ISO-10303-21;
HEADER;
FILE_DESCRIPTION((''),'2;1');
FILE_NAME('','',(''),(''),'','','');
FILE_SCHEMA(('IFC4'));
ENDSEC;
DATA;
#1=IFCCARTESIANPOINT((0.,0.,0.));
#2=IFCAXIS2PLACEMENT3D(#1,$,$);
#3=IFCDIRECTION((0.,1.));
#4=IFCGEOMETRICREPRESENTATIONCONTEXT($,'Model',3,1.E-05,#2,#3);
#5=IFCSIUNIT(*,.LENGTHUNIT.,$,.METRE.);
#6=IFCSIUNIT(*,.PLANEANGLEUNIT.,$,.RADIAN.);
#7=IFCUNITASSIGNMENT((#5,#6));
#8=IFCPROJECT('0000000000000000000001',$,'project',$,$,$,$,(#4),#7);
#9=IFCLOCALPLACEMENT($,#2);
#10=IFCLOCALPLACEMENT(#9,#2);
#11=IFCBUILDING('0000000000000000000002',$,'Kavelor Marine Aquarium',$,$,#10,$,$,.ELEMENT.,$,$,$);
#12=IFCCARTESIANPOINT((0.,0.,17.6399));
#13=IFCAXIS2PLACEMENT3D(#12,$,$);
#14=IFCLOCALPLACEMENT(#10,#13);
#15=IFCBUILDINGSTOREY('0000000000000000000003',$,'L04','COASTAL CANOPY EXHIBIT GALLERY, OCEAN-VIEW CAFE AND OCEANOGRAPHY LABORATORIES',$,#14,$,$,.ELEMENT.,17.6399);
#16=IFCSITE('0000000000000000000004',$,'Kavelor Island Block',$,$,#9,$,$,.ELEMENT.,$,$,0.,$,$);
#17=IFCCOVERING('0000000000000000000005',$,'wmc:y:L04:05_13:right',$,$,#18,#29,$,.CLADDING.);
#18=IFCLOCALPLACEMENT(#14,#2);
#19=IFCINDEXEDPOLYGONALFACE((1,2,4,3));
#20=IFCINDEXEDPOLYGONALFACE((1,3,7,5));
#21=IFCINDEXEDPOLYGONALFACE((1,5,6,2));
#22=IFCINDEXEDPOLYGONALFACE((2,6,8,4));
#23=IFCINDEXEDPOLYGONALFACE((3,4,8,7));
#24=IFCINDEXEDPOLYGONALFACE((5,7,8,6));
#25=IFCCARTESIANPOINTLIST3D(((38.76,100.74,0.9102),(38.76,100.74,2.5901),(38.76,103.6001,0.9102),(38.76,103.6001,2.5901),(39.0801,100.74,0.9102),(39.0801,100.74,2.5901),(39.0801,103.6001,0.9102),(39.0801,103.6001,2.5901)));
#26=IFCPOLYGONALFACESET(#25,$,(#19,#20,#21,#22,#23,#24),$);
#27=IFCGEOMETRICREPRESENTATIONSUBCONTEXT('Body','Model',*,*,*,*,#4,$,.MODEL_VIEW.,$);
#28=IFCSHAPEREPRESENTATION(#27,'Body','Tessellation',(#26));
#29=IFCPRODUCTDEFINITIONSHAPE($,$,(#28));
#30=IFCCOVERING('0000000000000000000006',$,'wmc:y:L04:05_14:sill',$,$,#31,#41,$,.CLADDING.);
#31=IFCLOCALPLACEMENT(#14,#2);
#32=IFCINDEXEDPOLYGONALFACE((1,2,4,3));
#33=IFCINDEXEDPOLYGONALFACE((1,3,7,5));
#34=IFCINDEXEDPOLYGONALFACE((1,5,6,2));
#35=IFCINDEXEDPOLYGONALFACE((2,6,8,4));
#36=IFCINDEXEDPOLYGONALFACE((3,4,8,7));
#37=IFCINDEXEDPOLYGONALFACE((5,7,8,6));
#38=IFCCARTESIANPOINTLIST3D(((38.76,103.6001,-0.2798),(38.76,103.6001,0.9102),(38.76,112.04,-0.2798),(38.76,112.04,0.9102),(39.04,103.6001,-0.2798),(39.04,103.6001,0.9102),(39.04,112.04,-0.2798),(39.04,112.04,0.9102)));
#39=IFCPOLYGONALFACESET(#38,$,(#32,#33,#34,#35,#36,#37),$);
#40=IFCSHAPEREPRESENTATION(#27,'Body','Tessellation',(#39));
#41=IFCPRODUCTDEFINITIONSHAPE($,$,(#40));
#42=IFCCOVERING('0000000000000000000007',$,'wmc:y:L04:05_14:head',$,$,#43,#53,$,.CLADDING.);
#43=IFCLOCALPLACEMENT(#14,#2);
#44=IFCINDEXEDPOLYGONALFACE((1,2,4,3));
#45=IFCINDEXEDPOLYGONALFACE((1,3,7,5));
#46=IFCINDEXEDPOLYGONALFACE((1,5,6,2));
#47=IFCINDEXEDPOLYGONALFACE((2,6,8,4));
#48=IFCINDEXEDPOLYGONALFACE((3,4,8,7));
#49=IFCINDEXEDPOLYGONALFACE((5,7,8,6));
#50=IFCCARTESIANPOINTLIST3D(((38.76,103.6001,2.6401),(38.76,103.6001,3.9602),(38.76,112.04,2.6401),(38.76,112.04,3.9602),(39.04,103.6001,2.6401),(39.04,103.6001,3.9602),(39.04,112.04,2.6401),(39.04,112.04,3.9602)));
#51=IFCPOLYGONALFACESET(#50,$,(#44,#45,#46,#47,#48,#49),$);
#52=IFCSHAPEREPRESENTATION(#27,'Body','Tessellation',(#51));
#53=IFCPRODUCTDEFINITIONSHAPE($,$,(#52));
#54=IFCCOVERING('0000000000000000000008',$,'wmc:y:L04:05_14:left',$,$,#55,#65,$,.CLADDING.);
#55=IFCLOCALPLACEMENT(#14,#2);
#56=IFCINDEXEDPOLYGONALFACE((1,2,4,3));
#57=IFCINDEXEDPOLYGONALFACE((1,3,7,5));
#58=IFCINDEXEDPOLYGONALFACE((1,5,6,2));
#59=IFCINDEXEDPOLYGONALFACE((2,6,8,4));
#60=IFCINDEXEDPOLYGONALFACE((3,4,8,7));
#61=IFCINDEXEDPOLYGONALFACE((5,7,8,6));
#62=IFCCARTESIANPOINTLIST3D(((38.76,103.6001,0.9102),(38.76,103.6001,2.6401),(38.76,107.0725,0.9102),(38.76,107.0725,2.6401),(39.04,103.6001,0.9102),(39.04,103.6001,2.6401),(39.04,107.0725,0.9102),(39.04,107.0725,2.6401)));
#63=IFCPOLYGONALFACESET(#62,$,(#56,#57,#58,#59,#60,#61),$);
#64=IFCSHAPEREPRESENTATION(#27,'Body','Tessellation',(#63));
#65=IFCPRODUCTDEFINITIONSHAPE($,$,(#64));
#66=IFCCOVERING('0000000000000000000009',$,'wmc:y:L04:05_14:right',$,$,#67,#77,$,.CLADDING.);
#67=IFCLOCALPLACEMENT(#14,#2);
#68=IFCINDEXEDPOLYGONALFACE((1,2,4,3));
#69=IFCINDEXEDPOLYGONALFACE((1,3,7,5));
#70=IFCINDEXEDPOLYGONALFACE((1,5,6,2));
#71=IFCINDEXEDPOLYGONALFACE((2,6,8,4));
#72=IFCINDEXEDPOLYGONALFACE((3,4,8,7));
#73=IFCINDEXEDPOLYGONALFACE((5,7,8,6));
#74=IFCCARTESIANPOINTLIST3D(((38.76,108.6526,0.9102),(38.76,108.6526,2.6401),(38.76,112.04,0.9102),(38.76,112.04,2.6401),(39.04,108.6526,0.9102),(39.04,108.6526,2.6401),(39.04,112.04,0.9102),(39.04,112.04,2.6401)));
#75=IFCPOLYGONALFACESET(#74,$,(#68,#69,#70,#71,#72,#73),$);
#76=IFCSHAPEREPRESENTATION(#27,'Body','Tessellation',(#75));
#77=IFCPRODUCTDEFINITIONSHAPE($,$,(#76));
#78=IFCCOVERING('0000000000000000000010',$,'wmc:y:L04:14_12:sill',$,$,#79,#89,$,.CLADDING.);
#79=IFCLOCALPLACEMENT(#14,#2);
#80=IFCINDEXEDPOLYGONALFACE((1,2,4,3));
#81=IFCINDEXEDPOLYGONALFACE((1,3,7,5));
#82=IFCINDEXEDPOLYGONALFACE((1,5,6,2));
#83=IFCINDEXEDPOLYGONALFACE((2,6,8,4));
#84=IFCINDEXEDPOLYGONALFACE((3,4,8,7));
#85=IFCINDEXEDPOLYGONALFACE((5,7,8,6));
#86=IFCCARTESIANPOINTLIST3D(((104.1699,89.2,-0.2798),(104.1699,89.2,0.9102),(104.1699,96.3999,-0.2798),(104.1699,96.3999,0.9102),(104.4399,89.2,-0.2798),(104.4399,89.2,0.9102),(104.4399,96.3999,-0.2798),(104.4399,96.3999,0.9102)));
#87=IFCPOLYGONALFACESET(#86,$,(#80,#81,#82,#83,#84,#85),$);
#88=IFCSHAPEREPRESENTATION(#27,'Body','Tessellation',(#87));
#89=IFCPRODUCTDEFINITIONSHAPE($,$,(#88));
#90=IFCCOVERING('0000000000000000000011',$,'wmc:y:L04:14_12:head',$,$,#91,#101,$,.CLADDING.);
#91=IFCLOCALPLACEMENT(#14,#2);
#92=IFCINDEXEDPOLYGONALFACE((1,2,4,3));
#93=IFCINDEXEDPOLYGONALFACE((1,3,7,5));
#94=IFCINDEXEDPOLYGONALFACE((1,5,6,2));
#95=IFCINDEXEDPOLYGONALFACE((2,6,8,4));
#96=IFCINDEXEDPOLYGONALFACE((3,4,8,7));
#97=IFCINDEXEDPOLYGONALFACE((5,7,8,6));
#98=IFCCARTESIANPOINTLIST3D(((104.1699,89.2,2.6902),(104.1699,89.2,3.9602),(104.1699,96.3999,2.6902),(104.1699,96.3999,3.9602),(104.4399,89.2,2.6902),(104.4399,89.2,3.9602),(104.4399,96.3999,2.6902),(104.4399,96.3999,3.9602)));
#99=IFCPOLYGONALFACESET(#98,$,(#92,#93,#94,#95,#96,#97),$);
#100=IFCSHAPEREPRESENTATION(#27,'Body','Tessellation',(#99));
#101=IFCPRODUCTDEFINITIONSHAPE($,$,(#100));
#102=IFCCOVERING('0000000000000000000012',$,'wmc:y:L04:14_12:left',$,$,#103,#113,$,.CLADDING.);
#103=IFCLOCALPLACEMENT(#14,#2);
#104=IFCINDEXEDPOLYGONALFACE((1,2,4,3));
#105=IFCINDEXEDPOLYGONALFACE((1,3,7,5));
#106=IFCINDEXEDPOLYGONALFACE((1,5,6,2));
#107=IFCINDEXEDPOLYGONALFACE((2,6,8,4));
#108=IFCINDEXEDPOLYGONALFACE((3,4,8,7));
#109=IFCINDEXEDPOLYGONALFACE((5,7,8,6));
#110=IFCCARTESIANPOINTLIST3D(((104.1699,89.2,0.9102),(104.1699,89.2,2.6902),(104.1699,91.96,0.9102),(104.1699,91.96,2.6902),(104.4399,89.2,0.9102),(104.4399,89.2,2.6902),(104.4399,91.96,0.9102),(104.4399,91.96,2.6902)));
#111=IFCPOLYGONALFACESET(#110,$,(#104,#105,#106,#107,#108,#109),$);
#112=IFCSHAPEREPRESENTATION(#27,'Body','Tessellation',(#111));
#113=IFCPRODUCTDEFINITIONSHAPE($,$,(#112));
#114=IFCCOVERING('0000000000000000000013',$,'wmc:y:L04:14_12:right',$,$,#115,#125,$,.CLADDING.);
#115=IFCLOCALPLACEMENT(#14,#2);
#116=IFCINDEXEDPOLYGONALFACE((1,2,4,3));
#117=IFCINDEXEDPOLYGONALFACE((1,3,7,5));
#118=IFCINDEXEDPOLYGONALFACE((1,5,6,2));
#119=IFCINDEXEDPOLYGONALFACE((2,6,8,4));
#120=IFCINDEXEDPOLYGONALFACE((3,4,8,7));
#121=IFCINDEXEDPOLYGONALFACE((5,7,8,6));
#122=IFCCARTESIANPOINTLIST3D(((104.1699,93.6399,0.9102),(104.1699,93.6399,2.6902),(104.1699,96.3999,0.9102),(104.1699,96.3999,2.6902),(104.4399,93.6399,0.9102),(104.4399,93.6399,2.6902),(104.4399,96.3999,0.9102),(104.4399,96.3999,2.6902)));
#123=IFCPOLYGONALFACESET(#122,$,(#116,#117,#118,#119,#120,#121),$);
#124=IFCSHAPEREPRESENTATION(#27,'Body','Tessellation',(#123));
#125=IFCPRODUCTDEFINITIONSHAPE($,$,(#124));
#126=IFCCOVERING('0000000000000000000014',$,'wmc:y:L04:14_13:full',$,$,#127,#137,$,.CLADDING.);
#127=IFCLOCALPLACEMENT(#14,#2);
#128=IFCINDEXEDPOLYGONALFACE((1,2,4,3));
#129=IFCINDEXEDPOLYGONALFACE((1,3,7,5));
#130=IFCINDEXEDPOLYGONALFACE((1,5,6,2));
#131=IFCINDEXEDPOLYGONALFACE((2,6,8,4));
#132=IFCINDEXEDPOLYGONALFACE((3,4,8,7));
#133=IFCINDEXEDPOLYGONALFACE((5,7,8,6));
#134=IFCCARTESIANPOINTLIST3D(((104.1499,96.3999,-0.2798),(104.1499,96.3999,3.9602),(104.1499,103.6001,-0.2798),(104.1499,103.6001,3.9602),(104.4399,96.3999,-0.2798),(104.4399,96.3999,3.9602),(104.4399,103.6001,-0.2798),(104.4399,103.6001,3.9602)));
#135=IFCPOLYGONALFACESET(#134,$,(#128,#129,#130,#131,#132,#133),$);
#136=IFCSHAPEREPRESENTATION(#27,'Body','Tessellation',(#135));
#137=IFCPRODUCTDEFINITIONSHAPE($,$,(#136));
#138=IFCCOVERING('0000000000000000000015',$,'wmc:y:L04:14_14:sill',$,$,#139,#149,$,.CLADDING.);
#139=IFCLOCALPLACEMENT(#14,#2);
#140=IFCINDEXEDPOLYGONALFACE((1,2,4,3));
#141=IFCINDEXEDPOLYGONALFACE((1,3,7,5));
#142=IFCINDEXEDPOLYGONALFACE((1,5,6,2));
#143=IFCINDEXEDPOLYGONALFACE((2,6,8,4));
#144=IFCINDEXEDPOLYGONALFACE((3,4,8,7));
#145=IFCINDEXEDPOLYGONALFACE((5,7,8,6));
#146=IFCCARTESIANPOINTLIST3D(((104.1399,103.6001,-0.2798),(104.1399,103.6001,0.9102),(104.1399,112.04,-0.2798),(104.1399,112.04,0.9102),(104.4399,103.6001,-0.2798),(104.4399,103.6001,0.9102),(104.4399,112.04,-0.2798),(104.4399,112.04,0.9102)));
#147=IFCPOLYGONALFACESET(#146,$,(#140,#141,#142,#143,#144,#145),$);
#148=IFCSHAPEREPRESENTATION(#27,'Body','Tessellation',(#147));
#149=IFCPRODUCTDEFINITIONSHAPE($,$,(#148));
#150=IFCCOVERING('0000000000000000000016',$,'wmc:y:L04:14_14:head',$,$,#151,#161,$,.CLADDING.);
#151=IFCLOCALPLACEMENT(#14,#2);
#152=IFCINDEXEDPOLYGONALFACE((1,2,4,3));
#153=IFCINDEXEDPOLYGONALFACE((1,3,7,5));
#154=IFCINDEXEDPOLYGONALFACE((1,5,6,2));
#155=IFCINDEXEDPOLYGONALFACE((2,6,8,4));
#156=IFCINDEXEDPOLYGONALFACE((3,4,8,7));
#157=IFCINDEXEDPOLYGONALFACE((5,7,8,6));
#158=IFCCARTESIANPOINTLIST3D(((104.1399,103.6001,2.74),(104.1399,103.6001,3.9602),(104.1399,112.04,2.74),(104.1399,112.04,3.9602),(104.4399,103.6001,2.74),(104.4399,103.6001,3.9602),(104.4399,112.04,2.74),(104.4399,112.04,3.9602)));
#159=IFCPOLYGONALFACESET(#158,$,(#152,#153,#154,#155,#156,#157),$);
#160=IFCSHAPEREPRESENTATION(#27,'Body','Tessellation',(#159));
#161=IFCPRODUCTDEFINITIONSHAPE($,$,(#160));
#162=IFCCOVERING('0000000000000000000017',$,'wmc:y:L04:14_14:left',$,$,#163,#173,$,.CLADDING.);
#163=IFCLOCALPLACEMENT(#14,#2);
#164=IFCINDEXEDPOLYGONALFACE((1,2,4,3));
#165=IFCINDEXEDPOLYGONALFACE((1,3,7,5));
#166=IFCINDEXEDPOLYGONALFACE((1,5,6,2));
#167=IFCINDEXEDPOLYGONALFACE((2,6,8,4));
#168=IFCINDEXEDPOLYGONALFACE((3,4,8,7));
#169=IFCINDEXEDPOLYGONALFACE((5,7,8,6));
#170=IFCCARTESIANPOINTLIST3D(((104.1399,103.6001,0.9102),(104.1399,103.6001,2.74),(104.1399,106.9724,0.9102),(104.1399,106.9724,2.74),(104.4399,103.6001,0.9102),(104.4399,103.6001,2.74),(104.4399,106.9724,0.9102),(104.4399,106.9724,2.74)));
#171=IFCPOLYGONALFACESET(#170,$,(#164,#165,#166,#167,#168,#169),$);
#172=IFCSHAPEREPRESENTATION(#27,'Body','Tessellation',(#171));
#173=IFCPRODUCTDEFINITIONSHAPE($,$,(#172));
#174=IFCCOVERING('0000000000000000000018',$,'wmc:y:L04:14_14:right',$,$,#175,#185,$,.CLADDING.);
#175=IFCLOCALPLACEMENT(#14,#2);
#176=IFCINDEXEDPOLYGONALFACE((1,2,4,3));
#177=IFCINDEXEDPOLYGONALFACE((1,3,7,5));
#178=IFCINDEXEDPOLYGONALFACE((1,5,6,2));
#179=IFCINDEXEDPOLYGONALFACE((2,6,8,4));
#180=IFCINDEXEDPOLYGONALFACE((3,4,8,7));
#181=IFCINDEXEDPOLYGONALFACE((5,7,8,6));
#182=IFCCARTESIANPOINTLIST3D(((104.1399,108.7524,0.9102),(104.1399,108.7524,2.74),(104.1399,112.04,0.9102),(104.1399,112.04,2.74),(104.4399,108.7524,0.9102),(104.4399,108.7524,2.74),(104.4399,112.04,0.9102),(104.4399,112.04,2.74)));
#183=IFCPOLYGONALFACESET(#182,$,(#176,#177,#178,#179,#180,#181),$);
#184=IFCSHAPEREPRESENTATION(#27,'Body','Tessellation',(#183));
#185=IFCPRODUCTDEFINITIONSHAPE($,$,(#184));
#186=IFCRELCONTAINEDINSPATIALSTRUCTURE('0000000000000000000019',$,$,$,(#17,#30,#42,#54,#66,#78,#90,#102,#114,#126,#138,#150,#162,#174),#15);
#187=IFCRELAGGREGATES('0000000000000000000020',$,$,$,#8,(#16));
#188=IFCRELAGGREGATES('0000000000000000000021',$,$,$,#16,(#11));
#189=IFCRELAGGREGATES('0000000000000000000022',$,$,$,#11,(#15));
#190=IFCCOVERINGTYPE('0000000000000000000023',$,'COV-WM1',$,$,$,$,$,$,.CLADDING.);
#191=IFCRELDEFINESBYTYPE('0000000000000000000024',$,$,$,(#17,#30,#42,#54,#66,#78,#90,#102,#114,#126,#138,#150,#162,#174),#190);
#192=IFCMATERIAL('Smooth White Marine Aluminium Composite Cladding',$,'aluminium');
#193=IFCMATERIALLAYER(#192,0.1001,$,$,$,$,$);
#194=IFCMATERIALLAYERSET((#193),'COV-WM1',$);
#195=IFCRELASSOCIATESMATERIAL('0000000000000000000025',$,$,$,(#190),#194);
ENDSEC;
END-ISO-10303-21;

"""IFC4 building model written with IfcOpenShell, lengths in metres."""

from ifc_helpers import new_model, si_unit, direction, frame, origin, place, context, subcontext, project, spatial, polyline, outline, extrude, material, layer, layer_set, type_object, element, save


model = new_model("IFC4")

# Units and contexts
model_context = context("Model", 3, precision=1e-05, world=origin(), true_north=direction((0.0, 1.0)))
body_context = subcontext(model_context, "Body", "Model", "MODEL_VIEW")
ifc_project = project(units=[si_unit("LENGTHUNIT", "METRE"), si_unit("PLANEANGLEUNIT", "RADIAN")], contexts=[model_context])

# Site, building, storey
site_placement = place(None, origin())
site = spatial("IfcSite", under=ifc_project, at=site_placement, Name="Kavelor Island Block", CompositionType="ELEMENT", RefElevation=0.0)
building_placement = place(site_placement, origin())
building = spatial("IfcBuilding", under=site, at=building_placement, Name="Kavelor Marine Aquarium", CompositionType="ELEMENT")
storey_placement = place(building_placement, frame((0.0, 0.0, 17.6399)))
storey = spatial("IfcBuildingStorey", under=building, at=storey_placement, Name="L04", Description="COASTAL CANOPY EXHIBIT GALLERY, OCEAN-VIEW CAFE AND OCEANOGRAPHY LABORATORIES", CompositionType="ELEMENT", Elevation=17.6399)

# Coverings
ifc_material_1 = material(Name="Smooth White Marine Aluminium Composite Cladding", Category="aluminium")
ifc_layer_1 = layer(ifc_material_1, 0.1001)
ifc_layer_set_1 = layer_set([ifc_layer_1], Name="COV-WM1")
covering_type_1 = type_object("IfcCoveringType", Name="COV-WM1", PredefinedType="CLADDING", material=ifc_layer_set_1)
covering_1_placement = place(storey_placement, frame((0.0, 0.0, 0.9102)))
element("IfcCovering", 1, at=covering_1_placement, inside=storey, type_object=covering_type_1, Name="wmc:y:L04:05_13:right", PredefinedType="CLADDING", context=body_context, shape_type="SweptSolid", body=[
    extrude(outline(polyline([(38.76, 100.74), (39.0801, 100.74), (39.0801, 103.6001), (38.76, 103.6001), (38.76, 100.74)])), origin(), (0.0, 0.0, 1.0), 1.6799),
])
covering_2_placement = place(storey_placement, frame((0.0, 0.0, -0.2798)))
element("IfcCovering", 2, at=covering_2_placement, inside=storey, type_object=covering_type_1, Name="wmc:y:L04:05_14:sill", PredefinedType="CLADDING", context=body_context, shape_type="SweptSolid", body=[
    extrude(outline(polyline([(38.76, 103.6001), (39.04, 103.6001), (39.04, 112.04), (38.76, 112.04), (38.76, 103.6001)])), origin(), (0.0, 0.0, 1.0), 1.1899),
])
covering_3_placement = place(storey_placement, frame((0.0, 0.0, 2.6401)))
element("IfcCovering", 3, at=covering_3_placement, inside=storey, type_object=covering_type_1, Name="wmc:y:L04:05_14:head", PredefinedType="CLADDING", context=body_context, shape_type="SweptSolid", body=[
    extrude(outline(polyline([(38.76, 103.6001), (39.04, 103.6001), (39.04, 112.04), (38.76, 112.04), (38.76, 103.6001)])), origin(), (0.0, 0.0, 1.0), 1.3201),
])
covering_4_placement = place(storey_placement, frame((0.0, 0.0, 0.9102)))
element("IfcCovering", 4, at=covering_4_placement, inside=storey, type_object=covering_type_1, Name="wmc:y:L04:05_14:left", PredefinedType="CLADDING", context=body_context, shape_type="SweptSolid", body=[
    extrude(outline(polyline([(38.76, 103.6001), (39.04, 103.6001), (39.04, 107.0725), (38.76, 107.0725), (38.76, 103.6001)])), origin(), (0.0, 0.0, 1.0), 1.73),
])
covering_5_placement = place(storey_placement, frame((0.0, 0.0, 0.9102)))
element("IfcCovering", 5, at=covering_5_placement, inside=storey, type_object=covering_type_1, Name="wmc:y:L04:05_14:right", PredefinedType="CLADDING", context=body_context, shape_type="SweptSolid", body=[
    extrude(outline(polyline([(38.76, 108.6526), (39.04, 108.6526), (39.04, 112.04), (38.76, 112.04), (38.76, 108.6526)])), origin(), (0.0, 0.0, 1.0), 1.73),
])
covering_6_placement = place(storey_placement, frame((0.0, 0.0, -0.2798)))
element("IfcCovering", 6, at=covering_6_placement, inside=storey, type_object=covering_type_1, Name="wmc:y:L04:14_12:sill", PredefinedType="CLADDING", context=body_context, shape_type="SweptSolid", body=[
    extrude(outline(polyline([(104.1699, 89.2), (104.4399, 89.2), (104.4399, 96.3999), (104.1699, 96.3999), (104.1699, 89.2)])), origin(), (0.0, 0.0, 1.0), 1.1899),
])
covering_7_placement = place(storey_placement, frame((0.0, 0.0, 2.6902)))
element("IfcCovering", 7, at=covering_7_placement, inside=storey, type_object=covering_type_1, Name="wmc:y:L04:14_12:head", PredefinedType="CLADDING", context=body_context, shape_type="SweptSolid", body=[
    extrude(outline(polyline([(104.1699, 89.2), (104.4399, 89.2), (104.4399, 96.3999), (104.1699, 96.3999), (104.1699, 89.2)])), origin(), (0.0, 0.0, 1.0), 1.27),
])
covering_8_placement = place(storey_placement, frame((0.0, 0.0, 0.9102)))
element("IfcCovering", 8, at=covering_8_placement, inside=storey, type_object=covering_type_1, Name="wmc:y:L04:14_12:left", PredefinedType="CLADDING", context=body_context, shape_type="SweptSolid", body=[
    extrude(outline(polyline([(104.1699, 89.2), (104.4399, 89.2), (104.4399, 91.96), (104.1699, 91.96), (104.1699, 89.2)])), origin(), (0.0, 0.0, 1.0), 1.78),
])
covering_9_placement = place(storey_placement, frame((0.0, 0.0, 0.9102)))
element("IfcCovering", 9, at=covering_9_placement, inside=storey, type_object=covering_type_1, Name="wmc:y:L04:14_12:right", PredefinedType="CLADDING", context=body_context, shape_type="SweptSolid", body=[
    extrude(outline(polyline([(104.1699, 93.6399), (104.4399, 93.6399), (104.4399, 96.3999), (104.1699, 96.3999), (104.1699, 93.6399)])), origin(), (0.0, 0.0, 1.0), 1.78),
])
covering_10_placement = place(storey_placement, frame((0.0, 0.0, -0.2798)))
element("IfcCovering", 10, at=covering_10_placement, inside=storey, type_object=covering_type_1, Name="wmc:y:L04:14_13:full", PredefinedType="CLADDING", context=body_context, shape_type="SweptSolid", body=[
    extrude(outline(polyline([(104.1499, 96.3999), (104.4399, 96.3999), (104.4399, 103.6001), (104.1499, 103.6001), (104.1499, 96.3999)])), origin(), (0.0, 0.0, 1.0), 4.24),
])
covering_11_placement = place(storey_placement, frame((0.0, 0.0, -0.2798)))
element("IfcCovering", 11, at=covering_11_placement, inside=storey, type_object=covering_type_1, Name="wmc:y:L04:14_14:sill", PredefinedType="CLADDING", context=body_context, shape_type="SweptSolid", body=[
    extrude(outline(polyline([(104.1399, 103.6001), (104.4399, 103.6001), (104.4399, 112.04), (104.1399, 112.04), (104.1399, 103.6001)])), origin(), (0.0, 0.0, 1.0), 1.1899),
])
covering_12_placement = place(storey_placement, frame((0.0, 0.0, 2.74)))
element("IfcCovering", 12, at=covering_12_placement, inside=storey, type_object=covering_type_1, Name="wmc:y:L04:14_14:head", PredefinedType="CLADDING", context=body_context, shape_type="SweptSolid", body=[
    extrude(outline(polyline([(104.1399, 103.6001), (104.4399, 103.6001), (104.4399, 112.04), (104.1399, 112.04), (104.1399, 103.6001)])), origin(), (0.0, 0.0, 1.0), 1.2202),
])
covering_13_placement = place(storey_placement, frame((0.0, 0.0, 0.9102)))
element("IfcCovering", 13, at=covering_13_placement, inside=storey, type_object=covering_type_1, Name="wmc:y:L04:14_14:left", PredefinedType="CLADDING", context=body_context, shape_type="SweptSolid", body=[
    extrude(outline(polyline([(104.1399, 103.6001), (104.4399, 103.6001), (104.4399, 106.9724), (104.1399, 106.9724), (104.1399, 103.6001)])), origin(), (0.0, 0.0, 1.0), 1.8298),
])
covering_14_placement = place(storey_placement, frame((0.0, 0.0, 0.9102)))
element("IfcCovering", 14, at=covering_14_placement, inside=storey, type_object=covering_type_1, Name="wmc:y:L04:14_14:right", PredefinedType="CLADDING", context=body_context, shape_type="SweptSolid", body=[
    extrude(outline(polyline([(104.1399, 108.7524), (104.4399, 108.7524), (104.4399, 112.04), (104.1399, 112.04), (104.1399, 108.7524)])), origin(), (0.0, 0.0, 1.0), 1.8298),
])

save(model, "model.ifc")
